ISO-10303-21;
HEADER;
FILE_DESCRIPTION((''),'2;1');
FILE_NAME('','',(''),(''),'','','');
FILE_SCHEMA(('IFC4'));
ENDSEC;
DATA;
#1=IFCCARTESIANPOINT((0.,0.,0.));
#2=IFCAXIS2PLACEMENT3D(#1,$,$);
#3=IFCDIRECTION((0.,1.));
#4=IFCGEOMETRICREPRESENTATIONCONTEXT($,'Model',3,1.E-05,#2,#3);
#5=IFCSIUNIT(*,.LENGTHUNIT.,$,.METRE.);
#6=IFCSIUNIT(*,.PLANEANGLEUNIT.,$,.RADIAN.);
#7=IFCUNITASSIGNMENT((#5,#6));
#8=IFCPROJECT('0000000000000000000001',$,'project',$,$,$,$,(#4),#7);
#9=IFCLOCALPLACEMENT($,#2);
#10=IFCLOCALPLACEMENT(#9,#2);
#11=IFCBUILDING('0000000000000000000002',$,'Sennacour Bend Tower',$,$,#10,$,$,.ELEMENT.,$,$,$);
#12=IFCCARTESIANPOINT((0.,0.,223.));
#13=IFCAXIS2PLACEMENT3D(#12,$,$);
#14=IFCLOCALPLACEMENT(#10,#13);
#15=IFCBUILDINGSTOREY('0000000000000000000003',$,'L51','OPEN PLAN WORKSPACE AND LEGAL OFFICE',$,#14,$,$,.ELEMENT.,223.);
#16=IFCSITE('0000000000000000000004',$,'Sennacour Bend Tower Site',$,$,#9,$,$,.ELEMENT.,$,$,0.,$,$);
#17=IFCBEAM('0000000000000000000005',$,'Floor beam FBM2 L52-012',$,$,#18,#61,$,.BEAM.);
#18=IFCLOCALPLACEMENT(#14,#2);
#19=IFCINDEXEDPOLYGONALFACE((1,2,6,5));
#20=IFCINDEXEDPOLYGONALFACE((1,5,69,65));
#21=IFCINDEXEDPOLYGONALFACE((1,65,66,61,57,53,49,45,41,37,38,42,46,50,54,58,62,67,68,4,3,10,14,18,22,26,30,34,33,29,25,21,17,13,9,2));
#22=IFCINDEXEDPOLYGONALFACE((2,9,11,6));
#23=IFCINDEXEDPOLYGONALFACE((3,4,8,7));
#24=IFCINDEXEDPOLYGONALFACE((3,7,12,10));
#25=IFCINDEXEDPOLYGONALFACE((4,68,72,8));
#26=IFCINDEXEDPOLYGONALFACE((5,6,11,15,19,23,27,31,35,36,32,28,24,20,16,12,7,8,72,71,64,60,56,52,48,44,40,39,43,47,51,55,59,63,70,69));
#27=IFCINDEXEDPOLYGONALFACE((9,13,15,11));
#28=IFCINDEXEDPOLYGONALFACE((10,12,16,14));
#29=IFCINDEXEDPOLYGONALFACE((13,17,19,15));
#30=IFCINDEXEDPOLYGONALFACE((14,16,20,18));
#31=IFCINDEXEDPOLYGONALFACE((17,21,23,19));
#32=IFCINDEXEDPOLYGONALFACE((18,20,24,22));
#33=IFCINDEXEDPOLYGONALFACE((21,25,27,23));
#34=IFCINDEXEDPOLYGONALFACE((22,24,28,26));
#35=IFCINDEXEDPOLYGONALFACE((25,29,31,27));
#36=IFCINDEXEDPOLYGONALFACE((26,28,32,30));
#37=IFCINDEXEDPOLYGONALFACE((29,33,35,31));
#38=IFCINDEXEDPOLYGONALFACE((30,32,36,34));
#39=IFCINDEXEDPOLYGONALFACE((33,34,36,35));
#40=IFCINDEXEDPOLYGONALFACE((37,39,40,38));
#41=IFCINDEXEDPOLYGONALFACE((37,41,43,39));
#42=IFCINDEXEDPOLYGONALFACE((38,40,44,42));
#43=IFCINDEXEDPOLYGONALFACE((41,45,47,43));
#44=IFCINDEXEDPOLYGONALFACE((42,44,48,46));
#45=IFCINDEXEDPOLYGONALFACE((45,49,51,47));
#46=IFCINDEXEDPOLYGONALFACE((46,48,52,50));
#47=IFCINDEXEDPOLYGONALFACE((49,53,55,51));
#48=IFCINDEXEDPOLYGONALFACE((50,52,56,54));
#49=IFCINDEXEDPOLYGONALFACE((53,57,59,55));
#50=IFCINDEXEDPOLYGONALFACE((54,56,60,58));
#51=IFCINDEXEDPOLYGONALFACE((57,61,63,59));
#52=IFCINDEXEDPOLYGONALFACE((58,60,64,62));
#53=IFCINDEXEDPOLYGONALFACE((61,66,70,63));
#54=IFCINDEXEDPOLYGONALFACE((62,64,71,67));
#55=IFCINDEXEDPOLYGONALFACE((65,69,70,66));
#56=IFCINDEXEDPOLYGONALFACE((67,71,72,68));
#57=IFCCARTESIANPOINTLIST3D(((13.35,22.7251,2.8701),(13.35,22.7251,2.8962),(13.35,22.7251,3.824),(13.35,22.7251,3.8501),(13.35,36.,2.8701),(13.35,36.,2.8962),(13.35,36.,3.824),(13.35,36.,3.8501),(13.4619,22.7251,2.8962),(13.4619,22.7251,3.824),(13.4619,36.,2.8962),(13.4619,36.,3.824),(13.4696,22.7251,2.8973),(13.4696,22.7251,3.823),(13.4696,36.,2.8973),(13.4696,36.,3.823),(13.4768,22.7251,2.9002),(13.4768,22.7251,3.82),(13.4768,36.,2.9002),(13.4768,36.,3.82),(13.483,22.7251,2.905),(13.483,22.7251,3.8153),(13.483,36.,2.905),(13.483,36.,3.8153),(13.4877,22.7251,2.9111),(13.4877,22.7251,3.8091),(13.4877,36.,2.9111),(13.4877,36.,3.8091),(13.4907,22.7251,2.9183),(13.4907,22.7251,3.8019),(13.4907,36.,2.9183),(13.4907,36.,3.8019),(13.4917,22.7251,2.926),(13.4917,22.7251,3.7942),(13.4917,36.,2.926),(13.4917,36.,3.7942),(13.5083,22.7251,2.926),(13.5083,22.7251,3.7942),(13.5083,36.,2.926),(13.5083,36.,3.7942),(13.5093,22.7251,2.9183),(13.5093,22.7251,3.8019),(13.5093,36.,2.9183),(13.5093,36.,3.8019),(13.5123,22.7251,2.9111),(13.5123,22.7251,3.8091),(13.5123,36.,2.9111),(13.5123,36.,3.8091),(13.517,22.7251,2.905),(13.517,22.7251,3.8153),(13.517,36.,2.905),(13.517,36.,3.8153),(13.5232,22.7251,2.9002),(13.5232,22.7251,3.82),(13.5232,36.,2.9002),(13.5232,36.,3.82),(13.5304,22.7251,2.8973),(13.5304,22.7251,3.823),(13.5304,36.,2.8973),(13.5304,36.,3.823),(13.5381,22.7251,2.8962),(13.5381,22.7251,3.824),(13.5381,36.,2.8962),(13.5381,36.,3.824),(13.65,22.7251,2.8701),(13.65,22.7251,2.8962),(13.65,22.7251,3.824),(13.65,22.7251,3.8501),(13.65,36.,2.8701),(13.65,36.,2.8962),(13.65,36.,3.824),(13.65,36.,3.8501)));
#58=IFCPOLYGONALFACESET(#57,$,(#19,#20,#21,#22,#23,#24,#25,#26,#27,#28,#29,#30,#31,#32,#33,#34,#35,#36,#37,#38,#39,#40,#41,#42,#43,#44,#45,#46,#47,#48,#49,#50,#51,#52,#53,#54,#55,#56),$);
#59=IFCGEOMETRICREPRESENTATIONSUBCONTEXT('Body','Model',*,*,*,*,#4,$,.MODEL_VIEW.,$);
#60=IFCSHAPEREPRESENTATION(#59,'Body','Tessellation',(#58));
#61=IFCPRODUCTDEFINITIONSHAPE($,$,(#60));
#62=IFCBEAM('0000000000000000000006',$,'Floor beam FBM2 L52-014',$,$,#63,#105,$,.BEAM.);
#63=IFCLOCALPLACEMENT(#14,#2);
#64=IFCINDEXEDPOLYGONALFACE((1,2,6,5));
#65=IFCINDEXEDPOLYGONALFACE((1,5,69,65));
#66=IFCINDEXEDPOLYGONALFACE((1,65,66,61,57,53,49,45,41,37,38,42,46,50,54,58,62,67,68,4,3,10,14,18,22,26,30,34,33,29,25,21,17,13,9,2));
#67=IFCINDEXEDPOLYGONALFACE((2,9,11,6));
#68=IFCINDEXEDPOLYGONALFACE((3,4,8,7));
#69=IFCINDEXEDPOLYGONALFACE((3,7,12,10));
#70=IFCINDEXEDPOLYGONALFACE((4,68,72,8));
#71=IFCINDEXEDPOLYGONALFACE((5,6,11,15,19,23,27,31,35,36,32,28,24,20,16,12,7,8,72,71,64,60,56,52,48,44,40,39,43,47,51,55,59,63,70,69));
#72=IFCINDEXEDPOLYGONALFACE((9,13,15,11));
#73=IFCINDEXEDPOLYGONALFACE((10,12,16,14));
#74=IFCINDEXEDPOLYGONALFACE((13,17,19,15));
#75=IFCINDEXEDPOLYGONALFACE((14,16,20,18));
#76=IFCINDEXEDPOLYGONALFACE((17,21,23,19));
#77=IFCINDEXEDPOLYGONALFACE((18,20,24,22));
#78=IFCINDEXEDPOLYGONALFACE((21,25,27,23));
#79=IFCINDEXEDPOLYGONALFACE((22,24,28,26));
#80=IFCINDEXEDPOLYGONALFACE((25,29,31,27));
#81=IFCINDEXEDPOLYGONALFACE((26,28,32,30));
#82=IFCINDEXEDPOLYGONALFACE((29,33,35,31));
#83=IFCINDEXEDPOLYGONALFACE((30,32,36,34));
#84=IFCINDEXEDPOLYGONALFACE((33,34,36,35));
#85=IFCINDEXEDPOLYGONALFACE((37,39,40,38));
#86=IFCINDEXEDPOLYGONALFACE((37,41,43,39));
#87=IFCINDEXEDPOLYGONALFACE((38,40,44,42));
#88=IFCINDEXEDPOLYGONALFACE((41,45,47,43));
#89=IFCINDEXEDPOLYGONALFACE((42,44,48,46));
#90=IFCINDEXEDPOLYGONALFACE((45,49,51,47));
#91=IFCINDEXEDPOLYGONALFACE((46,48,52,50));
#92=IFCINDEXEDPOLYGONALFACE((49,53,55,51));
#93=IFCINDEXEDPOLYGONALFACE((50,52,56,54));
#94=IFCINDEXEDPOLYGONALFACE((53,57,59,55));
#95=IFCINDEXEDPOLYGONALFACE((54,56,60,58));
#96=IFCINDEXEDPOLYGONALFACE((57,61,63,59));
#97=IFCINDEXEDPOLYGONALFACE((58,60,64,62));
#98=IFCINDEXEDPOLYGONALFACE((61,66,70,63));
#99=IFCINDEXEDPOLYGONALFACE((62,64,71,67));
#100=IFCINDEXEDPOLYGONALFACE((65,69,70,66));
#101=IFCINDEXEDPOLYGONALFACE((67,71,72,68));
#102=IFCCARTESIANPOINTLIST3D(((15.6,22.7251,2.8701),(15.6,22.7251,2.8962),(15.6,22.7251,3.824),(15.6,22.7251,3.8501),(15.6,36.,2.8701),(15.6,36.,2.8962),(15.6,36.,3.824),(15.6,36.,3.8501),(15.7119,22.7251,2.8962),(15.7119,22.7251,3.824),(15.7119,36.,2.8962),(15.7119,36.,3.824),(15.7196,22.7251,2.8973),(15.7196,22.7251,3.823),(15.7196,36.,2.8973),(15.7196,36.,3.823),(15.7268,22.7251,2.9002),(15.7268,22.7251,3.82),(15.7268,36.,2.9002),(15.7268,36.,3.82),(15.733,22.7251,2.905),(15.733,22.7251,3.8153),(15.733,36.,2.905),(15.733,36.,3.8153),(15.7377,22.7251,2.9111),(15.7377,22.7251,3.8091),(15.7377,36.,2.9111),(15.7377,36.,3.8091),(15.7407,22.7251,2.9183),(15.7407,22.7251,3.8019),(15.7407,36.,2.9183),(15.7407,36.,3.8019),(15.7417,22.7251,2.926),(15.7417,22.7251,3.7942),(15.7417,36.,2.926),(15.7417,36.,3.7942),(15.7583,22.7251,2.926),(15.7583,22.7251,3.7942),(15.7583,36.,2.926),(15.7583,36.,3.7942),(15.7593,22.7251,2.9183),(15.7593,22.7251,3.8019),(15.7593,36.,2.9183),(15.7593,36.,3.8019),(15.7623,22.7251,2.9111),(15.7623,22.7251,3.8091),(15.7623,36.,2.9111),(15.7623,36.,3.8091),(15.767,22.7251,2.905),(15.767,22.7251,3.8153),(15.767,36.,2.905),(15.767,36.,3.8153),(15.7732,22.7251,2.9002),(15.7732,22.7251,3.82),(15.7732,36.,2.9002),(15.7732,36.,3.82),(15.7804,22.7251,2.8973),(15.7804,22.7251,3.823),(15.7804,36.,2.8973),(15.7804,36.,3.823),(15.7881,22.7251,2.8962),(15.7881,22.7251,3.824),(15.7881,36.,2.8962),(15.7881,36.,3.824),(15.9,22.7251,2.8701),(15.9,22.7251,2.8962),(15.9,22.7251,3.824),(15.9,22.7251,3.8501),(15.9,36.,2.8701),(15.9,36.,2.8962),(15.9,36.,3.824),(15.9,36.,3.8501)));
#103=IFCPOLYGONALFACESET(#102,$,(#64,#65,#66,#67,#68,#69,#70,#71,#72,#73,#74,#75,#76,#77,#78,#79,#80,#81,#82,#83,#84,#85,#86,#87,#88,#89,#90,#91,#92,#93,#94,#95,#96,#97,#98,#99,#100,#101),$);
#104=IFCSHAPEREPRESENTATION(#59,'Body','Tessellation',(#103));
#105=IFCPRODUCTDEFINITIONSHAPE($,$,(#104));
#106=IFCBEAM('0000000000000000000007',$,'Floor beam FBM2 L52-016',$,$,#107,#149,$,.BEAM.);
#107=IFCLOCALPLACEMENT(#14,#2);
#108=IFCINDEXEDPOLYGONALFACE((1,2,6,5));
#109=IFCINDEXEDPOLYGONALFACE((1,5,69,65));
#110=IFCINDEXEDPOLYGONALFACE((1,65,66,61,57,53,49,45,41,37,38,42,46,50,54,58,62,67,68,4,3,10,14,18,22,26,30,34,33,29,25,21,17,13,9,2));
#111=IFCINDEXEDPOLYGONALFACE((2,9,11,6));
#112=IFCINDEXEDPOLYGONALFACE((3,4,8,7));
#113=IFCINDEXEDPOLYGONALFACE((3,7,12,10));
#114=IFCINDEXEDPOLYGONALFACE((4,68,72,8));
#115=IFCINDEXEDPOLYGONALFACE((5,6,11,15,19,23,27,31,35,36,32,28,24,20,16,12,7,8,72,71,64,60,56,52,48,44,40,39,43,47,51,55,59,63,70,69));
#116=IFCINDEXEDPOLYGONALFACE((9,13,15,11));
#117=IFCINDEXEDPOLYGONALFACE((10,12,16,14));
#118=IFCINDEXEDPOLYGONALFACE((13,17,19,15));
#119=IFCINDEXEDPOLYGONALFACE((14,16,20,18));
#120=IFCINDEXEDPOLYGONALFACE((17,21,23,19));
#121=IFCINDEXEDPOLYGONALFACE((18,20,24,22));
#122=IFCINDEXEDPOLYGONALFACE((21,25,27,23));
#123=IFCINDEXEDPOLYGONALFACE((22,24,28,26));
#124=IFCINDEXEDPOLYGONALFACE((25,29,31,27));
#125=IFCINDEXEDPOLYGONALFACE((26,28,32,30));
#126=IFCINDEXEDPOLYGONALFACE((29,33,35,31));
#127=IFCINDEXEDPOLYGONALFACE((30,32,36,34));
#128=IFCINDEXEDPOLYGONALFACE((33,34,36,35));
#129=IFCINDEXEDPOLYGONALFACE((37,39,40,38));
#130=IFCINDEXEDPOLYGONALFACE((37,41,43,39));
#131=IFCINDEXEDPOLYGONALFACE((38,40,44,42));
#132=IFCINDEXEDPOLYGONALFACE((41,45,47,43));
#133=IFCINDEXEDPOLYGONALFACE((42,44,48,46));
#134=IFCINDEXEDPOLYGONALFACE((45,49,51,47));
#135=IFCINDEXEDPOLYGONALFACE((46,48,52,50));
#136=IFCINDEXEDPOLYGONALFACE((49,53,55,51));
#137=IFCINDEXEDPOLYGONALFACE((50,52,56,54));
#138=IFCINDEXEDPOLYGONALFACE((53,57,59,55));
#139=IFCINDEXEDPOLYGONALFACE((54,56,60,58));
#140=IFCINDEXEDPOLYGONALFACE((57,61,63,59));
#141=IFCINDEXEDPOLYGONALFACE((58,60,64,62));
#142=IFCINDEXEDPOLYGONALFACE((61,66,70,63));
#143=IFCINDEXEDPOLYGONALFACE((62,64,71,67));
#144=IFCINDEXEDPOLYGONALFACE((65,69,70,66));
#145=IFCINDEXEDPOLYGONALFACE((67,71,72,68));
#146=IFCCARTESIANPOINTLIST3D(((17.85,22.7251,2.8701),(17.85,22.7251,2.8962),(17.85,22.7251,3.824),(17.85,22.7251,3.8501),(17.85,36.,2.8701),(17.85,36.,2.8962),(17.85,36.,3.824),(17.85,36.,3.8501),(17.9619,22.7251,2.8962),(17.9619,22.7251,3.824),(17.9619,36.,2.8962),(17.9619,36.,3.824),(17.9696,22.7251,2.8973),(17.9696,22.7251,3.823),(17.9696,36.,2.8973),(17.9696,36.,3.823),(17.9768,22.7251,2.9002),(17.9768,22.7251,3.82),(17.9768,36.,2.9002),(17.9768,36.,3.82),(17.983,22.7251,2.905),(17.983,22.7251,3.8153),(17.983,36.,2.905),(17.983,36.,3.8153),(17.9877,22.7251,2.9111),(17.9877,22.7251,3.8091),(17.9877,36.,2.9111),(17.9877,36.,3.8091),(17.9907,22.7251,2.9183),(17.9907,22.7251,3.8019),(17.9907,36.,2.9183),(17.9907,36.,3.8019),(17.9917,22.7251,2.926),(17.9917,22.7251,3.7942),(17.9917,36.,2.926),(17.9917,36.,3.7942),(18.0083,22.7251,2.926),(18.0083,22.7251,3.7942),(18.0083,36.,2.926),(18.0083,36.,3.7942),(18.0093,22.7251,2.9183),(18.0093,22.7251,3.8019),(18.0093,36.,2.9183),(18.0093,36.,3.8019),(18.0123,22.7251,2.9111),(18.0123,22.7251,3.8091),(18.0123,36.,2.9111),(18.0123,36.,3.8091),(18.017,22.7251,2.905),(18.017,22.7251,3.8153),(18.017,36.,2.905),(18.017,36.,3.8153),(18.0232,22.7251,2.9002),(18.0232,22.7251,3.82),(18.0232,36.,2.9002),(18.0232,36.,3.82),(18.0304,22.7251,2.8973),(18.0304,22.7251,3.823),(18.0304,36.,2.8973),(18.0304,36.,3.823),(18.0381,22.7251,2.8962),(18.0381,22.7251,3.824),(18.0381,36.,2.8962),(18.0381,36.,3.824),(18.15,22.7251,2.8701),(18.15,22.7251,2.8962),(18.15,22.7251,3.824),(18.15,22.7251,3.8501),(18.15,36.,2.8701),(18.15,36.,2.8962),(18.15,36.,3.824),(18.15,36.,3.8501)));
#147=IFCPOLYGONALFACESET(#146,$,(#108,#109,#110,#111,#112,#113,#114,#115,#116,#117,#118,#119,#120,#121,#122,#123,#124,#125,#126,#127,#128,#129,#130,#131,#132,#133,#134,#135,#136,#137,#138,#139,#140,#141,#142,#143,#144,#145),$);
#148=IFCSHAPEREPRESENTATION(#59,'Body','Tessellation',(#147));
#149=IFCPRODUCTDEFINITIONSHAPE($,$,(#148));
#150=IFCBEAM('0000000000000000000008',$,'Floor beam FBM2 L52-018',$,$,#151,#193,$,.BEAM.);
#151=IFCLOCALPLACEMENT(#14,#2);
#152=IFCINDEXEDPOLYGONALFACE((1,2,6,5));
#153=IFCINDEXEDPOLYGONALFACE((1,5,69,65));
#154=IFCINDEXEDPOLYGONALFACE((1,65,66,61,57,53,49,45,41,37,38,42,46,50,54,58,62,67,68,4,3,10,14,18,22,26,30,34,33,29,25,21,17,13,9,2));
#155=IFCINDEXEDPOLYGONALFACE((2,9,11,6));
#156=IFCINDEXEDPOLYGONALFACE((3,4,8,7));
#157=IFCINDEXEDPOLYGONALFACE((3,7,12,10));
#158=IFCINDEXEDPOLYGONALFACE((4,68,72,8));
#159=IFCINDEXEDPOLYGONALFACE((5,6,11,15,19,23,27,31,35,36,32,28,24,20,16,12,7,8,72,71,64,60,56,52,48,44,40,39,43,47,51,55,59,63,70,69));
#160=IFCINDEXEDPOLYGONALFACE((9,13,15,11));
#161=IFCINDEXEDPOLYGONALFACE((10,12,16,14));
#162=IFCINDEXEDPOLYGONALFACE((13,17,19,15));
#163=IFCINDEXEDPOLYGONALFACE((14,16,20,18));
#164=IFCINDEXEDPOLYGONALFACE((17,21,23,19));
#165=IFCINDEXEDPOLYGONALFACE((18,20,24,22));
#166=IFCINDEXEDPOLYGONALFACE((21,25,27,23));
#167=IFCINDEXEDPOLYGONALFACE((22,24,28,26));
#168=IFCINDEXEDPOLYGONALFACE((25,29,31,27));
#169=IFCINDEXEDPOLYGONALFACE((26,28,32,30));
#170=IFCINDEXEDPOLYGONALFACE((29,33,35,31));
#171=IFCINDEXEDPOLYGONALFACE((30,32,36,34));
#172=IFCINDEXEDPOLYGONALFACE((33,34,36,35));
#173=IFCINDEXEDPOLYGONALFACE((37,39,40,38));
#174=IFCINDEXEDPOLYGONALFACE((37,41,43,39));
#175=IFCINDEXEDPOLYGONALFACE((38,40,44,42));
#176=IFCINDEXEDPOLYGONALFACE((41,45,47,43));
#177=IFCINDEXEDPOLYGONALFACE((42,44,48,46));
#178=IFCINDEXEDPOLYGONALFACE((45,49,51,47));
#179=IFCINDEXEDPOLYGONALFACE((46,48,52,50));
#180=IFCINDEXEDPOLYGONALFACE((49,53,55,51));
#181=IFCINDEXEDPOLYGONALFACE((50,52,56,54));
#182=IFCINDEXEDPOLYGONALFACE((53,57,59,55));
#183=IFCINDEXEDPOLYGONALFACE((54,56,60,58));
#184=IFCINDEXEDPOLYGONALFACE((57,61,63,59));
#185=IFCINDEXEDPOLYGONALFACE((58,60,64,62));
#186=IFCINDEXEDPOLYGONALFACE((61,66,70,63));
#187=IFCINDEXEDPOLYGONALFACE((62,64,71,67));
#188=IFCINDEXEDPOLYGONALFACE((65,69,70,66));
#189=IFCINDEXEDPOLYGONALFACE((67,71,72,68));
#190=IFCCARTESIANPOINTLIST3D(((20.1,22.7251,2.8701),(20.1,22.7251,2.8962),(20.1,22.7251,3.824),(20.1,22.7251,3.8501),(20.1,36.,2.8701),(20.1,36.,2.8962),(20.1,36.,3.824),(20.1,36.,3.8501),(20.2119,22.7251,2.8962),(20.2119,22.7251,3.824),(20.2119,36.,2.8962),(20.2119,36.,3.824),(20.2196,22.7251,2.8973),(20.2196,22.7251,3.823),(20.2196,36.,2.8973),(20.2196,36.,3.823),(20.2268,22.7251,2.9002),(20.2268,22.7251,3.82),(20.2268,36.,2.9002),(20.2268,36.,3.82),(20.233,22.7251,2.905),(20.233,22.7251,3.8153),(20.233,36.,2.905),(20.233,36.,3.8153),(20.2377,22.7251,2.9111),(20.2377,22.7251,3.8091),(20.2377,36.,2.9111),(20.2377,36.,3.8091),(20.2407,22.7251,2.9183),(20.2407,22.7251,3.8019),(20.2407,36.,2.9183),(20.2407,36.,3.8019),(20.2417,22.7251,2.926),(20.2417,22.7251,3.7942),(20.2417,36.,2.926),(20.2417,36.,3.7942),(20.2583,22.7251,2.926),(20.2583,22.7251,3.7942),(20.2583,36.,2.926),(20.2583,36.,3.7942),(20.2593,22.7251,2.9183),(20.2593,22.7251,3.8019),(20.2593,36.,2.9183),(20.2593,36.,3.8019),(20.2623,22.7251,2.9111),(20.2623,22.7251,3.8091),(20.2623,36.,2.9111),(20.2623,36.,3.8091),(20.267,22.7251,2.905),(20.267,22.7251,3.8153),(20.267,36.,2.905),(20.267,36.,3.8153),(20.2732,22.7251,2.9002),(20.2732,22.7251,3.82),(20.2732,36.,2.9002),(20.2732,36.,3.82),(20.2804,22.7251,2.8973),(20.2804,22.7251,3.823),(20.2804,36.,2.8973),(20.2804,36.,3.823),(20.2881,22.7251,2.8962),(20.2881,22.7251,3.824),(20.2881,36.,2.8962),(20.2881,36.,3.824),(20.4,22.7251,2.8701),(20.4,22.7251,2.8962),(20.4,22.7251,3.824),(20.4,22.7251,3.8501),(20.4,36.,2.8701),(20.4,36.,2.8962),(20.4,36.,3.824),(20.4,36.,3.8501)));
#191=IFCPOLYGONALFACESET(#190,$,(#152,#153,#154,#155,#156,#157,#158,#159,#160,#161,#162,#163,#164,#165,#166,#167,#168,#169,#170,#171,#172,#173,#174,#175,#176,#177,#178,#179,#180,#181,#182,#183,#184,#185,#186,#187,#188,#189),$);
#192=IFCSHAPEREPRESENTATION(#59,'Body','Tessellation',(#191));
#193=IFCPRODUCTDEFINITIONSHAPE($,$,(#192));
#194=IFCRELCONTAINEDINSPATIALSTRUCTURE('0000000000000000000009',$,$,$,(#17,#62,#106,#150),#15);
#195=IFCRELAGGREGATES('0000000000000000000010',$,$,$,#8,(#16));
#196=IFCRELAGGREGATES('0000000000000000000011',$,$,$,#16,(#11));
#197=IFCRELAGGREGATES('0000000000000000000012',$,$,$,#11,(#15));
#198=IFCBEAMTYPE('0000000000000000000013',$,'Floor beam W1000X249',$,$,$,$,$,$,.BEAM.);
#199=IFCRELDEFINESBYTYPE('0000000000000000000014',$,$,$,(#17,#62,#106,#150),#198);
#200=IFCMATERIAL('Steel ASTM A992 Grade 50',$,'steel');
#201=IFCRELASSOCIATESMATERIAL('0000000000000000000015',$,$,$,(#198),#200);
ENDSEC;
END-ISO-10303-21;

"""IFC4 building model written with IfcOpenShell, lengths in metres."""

from ifc_helpers import new_model, si_unit, direction, frame, origin, origin_2d, place, context, subcontext, project, spatial, i_section, extrude, material, material_profile, profile_set, type_object, element, save


model = new_model("IFC4")

# Units and contexts
model_context = context("Model", 3, precision=1e-05, world=origin(), true_north=direction((0.0, 1.0)))
body_context = subcontext(model_context, "Body", "Model", "MODEL_VIEW")
ifc_project = project(units=[si_unit("LENGTHUNIT", "METRE"), si_unit("PLANEANGLEUNIT", "RADIAN")], contexts=[model_context])

# Site, building, storey
site_placement = place(None, origin())
site = spatial("IfcSite", under=ifc_project, at=site_placement, Name="Sennacour Bend Tower Site", CompositionType="ELEMENT", RefElevation=0.0)
building_placement = place(site_placement, origin())
building = spatial("IfcBuilding", under=site, at=building_placement, Name="Sennacour Bend Tower", CompositionType="ELEMENT")
storey_placement = place(building_placement, frame((0.0, 0.0, 223.0)))
storey = spatial("IfcBuildingStorey", under=building, at=storey_placement, Name="L51", Description="OPEN PLAN WORKSPACE AND LEGAL OFFICE", CompositionType="ELEMENT", Elevation=223.0)

# Beams
ifc_material_1 = material(Name="Steel ASTM A992 Grade 50", Category="steel")
ifc_material_profile_1 = material_profile(ifc_material_1, i_section(OverallWidth=0.3, OverallDepth=0.98, WebThickness=0.0166, FlangeThickness=0.0261, FilletRadius=0.0298, at=origin_2d()), Name="Steel ASTM A992 Grade 50", Category="steel")
ifc_profile_set_1 = profile_set([ifc_material_profile_1], Name="Steel ASTM A992 Grade 50")
beam_type_1 = type_object("IfcBeamType", Name="Floor beam W1000X249", PredefinedType="BEAM", material=ifc_profile_set_1)
for number, where, z_axis, x_axis, name in (
    (1, (13.5, 22.7251, 3.3601), (0.0, 1.0, 0.0), (-1.0, 0.0, 0.0), "Floor beam FBM2 L52-012"),
    (2, (15.75, 22.7251, 3.3601), (0.0, 1.0, 0.0), (-1.0, 0.0, 0.0), "Floor beam FBM2 L52-014"),
    (3, (18.0, 22.7251, 3.3601), (0.0, 1.0, 0.0), (-1.0, 0.0, 0.0), "Floor beam FBM2 L52-016"),
    (4, (20.25, 22.7251, 3.3601), (0.0, 1.0, 0.0), (-1.0, 0.0, 0.0), "Floor beam FBM2 L52-018"),
):
    element("IfcBeam", number, at=place(storey_placement, frame(where, z_axis=z_axis, x_axis=x_axis)), inside=storey, type_object=beam_type_1, Name=name, PredefinedType="BEAM", context=body_context, shape_type="SweptSolid", body=[
        extrude(i_section(OverallWidth=0.3, OverallDepth=0.98, WebThickness=0.0166, FlangeThickness=0.0261, FilletRadius=0.0298, at=origin_2d()), origin(), (0.0, 0.0, 1.0), 13.2749),
    ])

save(model, "model.ifc")
